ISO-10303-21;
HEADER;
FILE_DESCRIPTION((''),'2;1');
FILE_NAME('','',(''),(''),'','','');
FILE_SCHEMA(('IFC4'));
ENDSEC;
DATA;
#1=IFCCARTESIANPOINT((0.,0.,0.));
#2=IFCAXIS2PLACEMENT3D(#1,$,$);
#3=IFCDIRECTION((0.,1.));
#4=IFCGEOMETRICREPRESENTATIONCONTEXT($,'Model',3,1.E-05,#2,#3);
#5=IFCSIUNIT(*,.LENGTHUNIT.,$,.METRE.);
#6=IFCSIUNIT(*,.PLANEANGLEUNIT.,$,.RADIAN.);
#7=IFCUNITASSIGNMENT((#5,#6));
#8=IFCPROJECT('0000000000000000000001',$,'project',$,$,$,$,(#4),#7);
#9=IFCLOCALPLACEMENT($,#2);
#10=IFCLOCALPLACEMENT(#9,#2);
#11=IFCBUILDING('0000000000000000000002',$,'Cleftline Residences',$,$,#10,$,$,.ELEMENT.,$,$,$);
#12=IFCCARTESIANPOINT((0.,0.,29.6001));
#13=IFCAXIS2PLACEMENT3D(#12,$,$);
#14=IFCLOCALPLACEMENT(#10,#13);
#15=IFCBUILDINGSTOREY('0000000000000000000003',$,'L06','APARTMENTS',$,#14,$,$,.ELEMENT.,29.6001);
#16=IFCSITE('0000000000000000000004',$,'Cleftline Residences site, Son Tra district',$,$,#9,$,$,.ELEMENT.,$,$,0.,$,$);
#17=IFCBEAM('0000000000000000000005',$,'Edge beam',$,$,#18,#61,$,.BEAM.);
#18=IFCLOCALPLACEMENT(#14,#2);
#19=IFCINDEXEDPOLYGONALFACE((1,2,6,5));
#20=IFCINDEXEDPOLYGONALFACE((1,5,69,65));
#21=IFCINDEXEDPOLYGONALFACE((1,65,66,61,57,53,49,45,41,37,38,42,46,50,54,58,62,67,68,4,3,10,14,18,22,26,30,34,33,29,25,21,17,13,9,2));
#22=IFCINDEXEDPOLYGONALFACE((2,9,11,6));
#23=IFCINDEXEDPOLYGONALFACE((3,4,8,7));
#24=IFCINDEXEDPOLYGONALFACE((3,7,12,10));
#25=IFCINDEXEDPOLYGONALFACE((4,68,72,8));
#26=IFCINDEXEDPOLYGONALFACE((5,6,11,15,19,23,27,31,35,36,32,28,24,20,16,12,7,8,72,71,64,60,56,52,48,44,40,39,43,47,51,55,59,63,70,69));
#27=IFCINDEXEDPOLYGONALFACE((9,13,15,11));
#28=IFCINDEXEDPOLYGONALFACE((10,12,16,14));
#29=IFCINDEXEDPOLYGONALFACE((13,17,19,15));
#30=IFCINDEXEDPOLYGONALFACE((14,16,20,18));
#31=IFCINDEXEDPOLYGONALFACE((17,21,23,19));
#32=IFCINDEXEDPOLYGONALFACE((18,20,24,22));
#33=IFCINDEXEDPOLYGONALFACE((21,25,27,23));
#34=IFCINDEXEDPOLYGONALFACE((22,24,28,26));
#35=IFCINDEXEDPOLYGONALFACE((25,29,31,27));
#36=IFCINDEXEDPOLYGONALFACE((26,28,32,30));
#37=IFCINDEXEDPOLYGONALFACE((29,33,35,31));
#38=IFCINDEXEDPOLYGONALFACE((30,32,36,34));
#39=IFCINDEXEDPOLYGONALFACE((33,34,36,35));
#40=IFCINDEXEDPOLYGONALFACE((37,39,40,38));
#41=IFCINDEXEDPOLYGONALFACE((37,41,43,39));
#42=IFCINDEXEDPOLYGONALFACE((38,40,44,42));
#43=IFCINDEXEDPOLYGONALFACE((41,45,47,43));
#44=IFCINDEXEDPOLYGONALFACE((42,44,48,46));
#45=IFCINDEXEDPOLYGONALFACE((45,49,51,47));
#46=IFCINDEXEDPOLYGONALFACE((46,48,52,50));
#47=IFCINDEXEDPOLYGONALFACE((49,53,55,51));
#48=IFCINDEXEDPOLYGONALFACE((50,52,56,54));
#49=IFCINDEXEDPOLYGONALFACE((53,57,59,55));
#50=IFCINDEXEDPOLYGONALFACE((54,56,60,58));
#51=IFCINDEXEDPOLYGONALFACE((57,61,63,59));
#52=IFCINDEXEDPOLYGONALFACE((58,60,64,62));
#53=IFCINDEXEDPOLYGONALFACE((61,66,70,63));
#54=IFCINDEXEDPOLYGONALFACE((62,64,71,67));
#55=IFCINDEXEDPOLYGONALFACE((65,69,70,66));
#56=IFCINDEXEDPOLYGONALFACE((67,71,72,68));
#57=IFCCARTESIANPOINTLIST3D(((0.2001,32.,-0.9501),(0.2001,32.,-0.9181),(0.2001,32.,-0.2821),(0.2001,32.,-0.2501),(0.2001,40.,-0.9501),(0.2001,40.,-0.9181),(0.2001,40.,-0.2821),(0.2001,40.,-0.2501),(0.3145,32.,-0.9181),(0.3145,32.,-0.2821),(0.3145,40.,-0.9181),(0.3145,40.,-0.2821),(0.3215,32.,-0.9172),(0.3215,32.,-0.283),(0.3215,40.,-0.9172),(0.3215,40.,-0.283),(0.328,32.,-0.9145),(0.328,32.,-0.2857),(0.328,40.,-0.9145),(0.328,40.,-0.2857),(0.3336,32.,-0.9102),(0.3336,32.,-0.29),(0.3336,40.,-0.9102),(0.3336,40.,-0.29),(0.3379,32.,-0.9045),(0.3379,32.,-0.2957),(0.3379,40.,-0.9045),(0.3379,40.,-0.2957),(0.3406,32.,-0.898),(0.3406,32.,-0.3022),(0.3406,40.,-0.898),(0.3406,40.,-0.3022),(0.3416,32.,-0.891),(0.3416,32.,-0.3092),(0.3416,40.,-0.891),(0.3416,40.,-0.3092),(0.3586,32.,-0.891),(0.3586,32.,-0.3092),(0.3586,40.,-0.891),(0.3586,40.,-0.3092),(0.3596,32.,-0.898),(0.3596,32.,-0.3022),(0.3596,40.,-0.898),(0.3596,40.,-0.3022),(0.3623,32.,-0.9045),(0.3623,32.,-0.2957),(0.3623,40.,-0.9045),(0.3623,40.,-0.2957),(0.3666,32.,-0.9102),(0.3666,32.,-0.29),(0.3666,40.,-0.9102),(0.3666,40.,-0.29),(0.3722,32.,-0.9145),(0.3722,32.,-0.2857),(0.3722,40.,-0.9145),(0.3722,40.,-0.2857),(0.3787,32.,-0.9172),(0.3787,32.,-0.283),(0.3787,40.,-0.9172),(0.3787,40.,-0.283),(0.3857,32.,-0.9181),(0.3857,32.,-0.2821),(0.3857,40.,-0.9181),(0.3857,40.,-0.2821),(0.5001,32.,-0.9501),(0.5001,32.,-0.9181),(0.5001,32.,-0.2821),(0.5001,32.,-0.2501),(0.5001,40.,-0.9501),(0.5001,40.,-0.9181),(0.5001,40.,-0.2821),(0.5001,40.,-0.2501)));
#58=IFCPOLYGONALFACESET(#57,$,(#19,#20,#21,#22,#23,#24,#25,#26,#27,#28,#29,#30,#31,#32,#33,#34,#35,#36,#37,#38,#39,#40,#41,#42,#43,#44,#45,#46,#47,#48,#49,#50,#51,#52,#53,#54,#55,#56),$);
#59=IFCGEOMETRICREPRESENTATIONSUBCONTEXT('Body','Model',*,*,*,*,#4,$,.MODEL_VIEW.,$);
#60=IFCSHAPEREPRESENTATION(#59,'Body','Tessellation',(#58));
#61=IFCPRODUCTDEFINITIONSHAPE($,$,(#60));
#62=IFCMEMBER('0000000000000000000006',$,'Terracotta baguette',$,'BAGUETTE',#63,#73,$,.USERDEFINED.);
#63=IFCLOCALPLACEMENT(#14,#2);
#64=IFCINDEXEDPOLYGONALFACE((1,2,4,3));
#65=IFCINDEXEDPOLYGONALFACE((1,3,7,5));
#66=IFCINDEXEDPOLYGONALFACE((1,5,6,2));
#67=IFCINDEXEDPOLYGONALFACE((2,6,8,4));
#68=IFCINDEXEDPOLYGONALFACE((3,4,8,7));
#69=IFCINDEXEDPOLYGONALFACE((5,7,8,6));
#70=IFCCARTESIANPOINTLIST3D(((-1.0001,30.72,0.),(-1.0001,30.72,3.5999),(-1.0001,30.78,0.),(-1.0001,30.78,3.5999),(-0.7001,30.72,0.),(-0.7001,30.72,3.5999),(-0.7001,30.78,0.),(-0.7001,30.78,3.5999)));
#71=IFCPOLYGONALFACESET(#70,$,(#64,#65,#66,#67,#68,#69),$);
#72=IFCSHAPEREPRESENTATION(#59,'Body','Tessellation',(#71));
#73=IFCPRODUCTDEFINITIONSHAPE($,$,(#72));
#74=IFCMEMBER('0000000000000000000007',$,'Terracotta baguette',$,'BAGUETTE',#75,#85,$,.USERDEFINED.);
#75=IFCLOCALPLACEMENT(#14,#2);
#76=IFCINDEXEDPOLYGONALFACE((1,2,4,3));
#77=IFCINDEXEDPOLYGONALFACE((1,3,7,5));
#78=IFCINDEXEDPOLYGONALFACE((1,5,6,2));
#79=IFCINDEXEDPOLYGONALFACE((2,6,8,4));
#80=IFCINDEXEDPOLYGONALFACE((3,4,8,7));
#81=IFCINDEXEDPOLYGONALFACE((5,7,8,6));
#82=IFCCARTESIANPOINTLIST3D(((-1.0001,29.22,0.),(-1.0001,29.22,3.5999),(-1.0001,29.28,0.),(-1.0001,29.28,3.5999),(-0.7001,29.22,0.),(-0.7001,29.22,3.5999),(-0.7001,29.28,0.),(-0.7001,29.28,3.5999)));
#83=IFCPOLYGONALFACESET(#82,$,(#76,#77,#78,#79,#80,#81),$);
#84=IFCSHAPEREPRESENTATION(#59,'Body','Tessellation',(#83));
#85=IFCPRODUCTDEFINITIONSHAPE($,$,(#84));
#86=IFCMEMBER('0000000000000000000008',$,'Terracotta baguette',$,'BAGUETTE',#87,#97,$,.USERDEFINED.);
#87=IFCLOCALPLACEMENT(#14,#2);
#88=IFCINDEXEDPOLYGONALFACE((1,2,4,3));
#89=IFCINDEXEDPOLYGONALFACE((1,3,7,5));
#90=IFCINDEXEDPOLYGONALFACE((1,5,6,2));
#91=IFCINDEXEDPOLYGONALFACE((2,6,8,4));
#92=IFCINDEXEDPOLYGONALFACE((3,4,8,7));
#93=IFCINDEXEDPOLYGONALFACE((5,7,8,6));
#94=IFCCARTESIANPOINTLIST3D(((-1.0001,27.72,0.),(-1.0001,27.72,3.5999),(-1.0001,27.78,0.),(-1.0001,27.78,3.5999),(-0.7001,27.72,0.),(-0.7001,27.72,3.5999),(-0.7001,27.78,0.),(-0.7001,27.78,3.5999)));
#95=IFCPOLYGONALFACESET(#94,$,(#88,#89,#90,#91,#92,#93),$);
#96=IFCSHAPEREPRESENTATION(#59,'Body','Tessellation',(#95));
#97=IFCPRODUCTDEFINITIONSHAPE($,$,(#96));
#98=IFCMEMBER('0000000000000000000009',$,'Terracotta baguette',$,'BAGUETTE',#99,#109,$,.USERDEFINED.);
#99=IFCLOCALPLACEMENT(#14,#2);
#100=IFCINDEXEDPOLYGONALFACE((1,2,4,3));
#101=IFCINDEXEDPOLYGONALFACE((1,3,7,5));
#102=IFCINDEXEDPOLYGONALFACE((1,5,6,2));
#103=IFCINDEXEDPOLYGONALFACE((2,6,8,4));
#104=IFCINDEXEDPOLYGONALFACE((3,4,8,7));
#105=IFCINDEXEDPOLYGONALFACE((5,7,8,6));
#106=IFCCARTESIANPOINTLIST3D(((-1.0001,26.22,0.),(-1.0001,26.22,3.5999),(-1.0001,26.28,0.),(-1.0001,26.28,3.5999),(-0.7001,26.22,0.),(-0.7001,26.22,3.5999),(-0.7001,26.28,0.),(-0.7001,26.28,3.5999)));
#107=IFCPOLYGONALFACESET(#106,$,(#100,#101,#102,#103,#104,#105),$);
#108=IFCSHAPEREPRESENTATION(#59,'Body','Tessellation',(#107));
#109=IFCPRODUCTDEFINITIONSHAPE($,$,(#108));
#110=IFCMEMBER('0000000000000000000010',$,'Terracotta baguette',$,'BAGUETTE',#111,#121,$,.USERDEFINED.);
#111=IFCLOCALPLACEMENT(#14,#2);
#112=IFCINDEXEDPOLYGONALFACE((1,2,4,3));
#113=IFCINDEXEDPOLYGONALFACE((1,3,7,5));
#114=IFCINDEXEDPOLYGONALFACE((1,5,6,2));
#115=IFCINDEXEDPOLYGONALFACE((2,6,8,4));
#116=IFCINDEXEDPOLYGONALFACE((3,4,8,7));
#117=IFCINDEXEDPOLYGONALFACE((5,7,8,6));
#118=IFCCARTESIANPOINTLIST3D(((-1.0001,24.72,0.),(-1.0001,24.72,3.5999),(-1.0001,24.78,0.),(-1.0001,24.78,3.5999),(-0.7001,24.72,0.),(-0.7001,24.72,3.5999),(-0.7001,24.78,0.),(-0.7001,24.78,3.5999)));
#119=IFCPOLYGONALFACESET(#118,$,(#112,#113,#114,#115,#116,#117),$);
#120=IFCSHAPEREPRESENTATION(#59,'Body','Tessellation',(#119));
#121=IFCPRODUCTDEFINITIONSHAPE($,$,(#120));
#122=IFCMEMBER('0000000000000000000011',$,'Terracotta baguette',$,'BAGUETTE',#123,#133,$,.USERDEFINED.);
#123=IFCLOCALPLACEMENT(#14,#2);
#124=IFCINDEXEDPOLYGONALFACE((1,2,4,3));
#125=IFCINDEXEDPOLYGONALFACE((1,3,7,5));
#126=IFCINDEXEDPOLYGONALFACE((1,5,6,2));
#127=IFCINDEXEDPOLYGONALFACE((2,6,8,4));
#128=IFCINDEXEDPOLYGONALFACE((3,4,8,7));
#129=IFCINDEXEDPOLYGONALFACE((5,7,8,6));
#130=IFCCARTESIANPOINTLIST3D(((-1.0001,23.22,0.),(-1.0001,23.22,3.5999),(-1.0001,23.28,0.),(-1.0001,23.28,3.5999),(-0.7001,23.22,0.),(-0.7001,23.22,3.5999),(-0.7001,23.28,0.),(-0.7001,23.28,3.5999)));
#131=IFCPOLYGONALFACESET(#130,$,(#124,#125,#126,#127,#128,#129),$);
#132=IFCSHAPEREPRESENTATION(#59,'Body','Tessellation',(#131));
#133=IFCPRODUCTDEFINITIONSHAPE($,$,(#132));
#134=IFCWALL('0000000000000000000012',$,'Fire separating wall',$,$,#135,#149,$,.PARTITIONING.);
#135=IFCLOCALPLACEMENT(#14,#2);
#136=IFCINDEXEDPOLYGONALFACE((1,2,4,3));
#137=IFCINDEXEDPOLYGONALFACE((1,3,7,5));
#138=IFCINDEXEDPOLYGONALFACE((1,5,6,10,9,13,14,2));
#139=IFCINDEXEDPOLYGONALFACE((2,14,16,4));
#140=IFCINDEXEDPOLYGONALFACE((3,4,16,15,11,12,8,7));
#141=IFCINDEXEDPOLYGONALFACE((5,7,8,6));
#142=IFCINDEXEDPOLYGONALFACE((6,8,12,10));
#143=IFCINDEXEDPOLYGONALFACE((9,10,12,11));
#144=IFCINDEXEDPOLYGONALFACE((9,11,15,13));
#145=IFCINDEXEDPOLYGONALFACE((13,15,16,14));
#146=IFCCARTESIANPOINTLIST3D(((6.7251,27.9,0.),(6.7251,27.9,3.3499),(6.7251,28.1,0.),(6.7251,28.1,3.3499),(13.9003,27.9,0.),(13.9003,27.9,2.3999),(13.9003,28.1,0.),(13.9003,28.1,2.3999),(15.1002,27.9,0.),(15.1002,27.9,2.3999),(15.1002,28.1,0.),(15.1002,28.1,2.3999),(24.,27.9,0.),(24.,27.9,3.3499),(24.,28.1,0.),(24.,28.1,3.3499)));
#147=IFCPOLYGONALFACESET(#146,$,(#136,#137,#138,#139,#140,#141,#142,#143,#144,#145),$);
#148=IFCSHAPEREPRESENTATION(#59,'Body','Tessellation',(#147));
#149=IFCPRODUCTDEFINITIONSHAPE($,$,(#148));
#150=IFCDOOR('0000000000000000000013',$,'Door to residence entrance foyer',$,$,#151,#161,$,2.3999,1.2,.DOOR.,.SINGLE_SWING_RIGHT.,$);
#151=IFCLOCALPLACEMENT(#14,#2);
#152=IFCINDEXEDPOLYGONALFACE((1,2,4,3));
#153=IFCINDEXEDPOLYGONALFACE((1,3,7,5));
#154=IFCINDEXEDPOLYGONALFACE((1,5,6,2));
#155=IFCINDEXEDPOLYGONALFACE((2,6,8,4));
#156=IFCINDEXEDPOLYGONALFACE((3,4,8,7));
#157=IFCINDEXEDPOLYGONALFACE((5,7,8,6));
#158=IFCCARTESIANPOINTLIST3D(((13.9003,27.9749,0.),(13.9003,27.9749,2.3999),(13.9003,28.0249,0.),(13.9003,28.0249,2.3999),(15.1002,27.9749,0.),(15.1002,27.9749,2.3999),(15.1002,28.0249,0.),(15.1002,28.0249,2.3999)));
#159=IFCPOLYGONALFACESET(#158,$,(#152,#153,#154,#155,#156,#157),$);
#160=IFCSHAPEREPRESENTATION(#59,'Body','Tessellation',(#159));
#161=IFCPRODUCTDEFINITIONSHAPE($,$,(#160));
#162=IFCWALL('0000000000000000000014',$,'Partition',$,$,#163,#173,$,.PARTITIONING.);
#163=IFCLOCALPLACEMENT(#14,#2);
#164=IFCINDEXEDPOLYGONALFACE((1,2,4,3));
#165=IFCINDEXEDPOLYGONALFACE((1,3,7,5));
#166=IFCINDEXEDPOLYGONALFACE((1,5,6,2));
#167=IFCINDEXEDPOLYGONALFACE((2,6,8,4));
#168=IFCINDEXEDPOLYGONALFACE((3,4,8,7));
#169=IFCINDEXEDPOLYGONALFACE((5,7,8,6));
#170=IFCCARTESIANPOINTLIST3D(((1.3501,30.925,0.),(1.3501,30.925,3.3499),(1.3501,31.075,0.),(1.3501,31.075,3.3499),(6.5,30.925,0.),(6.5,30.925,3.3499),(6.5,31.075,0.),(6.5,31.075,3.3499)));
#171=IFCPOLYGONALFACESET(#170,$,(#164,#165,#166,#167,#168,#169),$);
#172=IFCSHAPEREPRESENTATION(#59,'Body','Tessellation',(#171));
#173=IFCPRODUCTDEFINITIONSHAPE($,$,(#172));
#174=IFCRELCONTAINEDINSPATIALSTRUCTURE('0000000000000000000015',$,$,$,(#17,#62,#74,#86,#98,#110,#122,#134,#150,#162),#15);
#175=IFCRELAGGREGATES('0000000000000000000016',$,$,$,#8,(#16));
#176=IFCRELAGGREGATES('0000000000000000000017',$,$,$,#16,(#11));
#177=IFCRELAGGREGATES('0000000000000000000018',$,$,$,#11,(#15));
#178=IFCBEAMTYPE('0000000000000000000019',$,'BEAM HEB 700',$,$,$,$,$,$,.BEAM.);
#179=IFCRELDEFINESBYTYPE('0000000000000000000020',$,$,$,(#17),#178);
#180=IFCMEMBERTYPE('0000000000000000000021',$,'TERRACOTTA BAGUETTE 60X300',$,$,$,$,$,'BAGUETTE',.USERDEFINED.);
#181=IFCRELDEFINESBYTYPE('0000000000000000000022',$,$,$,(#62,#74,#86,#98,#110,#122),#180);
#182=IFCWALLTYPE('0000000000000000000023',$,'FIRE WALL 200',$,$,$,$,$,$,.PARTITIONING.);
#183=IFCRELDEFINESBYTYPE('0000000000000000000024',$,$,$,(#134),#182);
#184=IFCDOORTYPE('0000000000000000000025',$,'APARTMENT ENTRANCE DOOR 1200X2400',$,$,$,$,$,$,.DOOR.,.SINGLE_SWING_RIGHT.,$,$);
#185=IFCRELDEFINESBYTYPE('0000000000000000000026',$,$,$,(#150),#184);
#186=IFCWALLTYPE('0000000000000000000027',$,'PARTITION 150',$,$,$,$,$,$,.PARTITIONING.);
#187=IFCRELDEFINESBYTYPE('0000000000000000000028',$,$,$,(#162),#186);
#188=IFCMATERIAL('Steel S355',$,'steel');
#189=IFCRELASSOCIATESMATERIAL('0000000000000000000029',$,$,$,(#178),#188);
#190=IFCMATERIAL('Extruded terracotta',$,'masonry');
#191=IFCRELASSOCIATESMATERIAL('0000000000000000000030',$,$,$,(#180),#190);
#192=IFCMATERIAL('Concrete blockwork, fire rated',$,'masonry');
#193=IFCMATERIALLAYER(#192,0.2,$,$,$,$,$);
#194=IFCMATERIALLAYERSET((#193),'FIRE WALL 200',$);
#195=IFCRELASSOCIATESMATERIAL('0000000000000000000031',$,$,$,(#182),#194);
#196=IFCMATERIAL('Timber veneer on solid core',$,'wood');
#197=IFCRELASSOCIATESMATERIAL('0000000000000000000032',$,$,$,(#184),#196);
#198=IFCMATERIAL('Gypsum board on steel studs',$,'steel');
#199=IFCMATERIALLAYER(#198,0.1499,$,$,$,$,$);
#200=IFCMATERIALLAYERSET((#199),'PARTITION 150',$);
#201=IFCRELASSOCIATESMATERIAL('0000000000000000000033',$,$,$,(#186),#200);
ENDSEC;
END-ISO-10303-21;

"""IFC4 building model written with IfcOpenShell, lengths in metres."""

from ifc_helpers import new_model, si_unit, direction, frame, frame_2d, origin, origin_2d, place, context, subcontext, project, spatial, rectangle, i_section, extrude, material, layer, layer_set, material_profile, profile_set, type_object, element, fill, save


model = new_model("IFC4")

# Units and contexts
model_context = context("Model", 3, precision=1e-05, world=origin(), true_north=direction((0.0, 1.0)))
body_context = subcontext(model_context, "Body", "Model", "MODEL_VIEW")
ifc_project = project(units=[si_unit("LENGTHUNIT", "METRE"), si_unit("PLANEANGLEUNIT", "RADIAN")], contexts=[model_context])

# Site, building, storey
site_placement = place(None, origin())
site = spatial("IfcSite", under=ifc_project, at=site_placement, Name="Cleftline Residences site, Son Tra district", CompositionType="ELEMENT", RefElevation=0.0)
building_placement = place(site_placement, origin())
building = spatial("IfcBuilding", under=site, at=building_placement, Name="Cleftline Residences", CompositionType="ELEMENT")
storey_placement = place(building_placement, frame((0.0, 0.0, 29.6001)))
storey = spatial("IfcBuildingStorey", under=building, at=storey_placement, Name="L06", Description="APARTMENTS", CompositionType="ELEMENT", Elevation=29.6001)

# Beam
ifc_material_1 = material(Name="Steel S355", Category="steel")
ifc_material_profile_1 = material_profile(ifc_material_1, i_section(OverallWidth=0.3, OverallDepth=0.7, WebThickness=0.0171, FlangeThickness=0.032, FilletRadius=0.0271, at=origin_2d()))
ifc_profile_set_1 = profile_set([ifc_material_profile_1], Name="Steel S355")
beam_type = type_object("IfcBeamType", Name="BEAM HEB 700", PredefinedType="BEAM", material=ifc_profile_set_1)
for number, where, z_axis, x_axis, name in (
    (1, (0.3501, 32.0, -0.6001), (0.0, 1.0, 0.0), (-1.0, 0.0, 0.0), "Edge beam"),
):
    element("IfcBeam", number, at=place(storey_placement, frame(where, z_axis=z_axis, x_axis=x_axis)), inside=storey, type_object=beam_type, Name=name, PredefinedType="BEAM", context=body_context, shape_type="SweptSolid", body=[
        extrude(i_section(OverallWidth=0.3, OverallDepth=0.7, WebThickness=0.0171, FlangeThickness=0.032, FilletRadius=0.0271, at=origin_2d()), origin(), (0.0, 0.0, 1.0), 8.0),
    ])

# Members
ifc_material_2 = material(Name="Extruded terracotta", Category="masonry")
ifc_material_profile_2 = material_profile(ifc_material_2, rectangle(XDim=0.0601, YDim=0.3, at=origin_2d()))
ifc_profile_set_2 = profile_set([ifc_material_profile_2], Name="Extruded terracotta")
member_type_1 = type_object("IfcMemberType", Name="TERRACOTTA BAGUETTE 60X300", ElementType="BAGUETTE", PredefinedType="USERDEFINED", material=ifc_profile_set_2)
for number, where, z_axis, x_axis, name in (
    (2, (-0.8501, 30.75, 0.0), (0.0, 0.0, 1.0), (0.0, 1.0, 0.0), "Terracotta baguette"),
    (3, (-0.8501, 29.25, 0.0), (0.0, 0.0, 1.0), (0.0, 1.0, 0.0), "Terracotta baguette"),
    (4, (-0.8501, 27.75, 0.0), (0.0, 0.0, 1.0), (0.0, 1.0, 0.0), "Terracotta baguette"),
    (5, (-0.8501, 26.25, 0.0), (0.0, 0.0, 1.0), (0.0, 1.0, 0.0), "Terracotta baguette"),
    (6, (-0.8501, 24.75, 0.0), (0.0, 0.0, 1.0), (0.0, 1.0, 0.0), "Terracotta baguette"),
    (7, (-0.8501, 23.25, 0.0), (0.0, 0.0, 1.0), (0.0, 1.0, 0.0), "Terracotta baguette"),
):
    element("IfcMember", number, at=place(storey_placement, frame(where, z_axis=z_axis, x_axis=x_axis)), inside=storey, type_object=member_type_1, Name=name, ObjectType="BAGUETTE", PredefinedType="USERDEFINED", context=body_context, shape_type="SweptSolid", body=[
        extrude(rectangle(XDim=0.0601, YDim=0.3, at=origin_2d()), origin(), (0.0, 0.0, 1.0), 3.5999),
    ])

# Wall, opening, door
ifc_material_3 = material(Name="Concrete blockwork, fire rated", Category="masonry")
ifc_layer_1 = layer(ifc_material_3, 0.2)
ifc_layer_set_1 = layer_set([ifc_layer_1], Name="FIRE WALL 200")
wall_type_1 = type_object("IfcWallType", Name="FIRE WALL 200", PredefinedType="PARTITIONING", material=ifc_layer_set_1)
wall_1_placement = place(storey_placement, frame((6.7251, 28.0, 0.0), z_axis=(0.0, 0.0, 1.0), x_axis=(1.0, 0.0, 0.0)))
wall_1 = element("IfcWall", 8, at=wall_1_placement, inside=storey, type_object=wall_type_1, Name="Fire separating wall", PredefinedType="PARTITIONING", context=body_context, shape_type="SweptSolid", body=[
    extrude(rectangle(XDim=17.2749, YDim=0.2, at=frame_2d((8.6375, 0.0))), origin(), (0.0, 0.0, 1.0), 3.3499),
])
opening_1_placement = place(wall_1_placement, frame((7.175, 0.0, 0.0)))
opening_1 = element("IfcOpeningElement", 9, at=opening_1_placement, cuts=wall_1, PredefinedType="OPENING", context=body_context, shape_type="SweptSolid", body=[
    extrude(rectangle(XDim=1.2, YDim=2.3999, at=frame_2d((0.6001, 1.2))), frame((0.0, 0.1099, 0.0), z_axis=(0.0, -1.0, 0.0), x_axis=(1.0, 0.0, 0.0)), (0.0, 0.0, 1.0), 0.22),
])
ifc_material_4 = material(Name="Timber veneer on solid core", Category="wood")
door_type_1 = type_object("IfcDoorType", Name="APARTMENT ENTRANCE DOOR 1200X2400", OperationType="SINGLE_SWING_RIGHT", PredefinedType="DOOR", material=ifc_material_4)
door_1_placement = place(opening_1_placement, origin())
door_1 = element("IfcDoor", 10, at=door_1_placement, inside=storey, type_object=door_type_1, Name="Door to residence entrance foyer", OperationType="SINGLE_SWING_RIGHT", OverallHeight=2.3999, OverallWidth=1.2, PredefinedType="DOOR", context=body_context, shape_type="SweptSolid", body=[
    extrude(rectangle(XDim=1.2, YDim=2.3999, at=frame_2d((0.6001, 1.2))), frame((0.0, 0.0249, 0.0), z_axis=(0.0, -1.0, 0.0), x_axis=(1.0, 0.0, 0.0)), (0.0, 0.0, 1.0), 0.05),
])
fill(opening_1, door_1)

# Wall
ifc_material_5 = material(Name="Gypsum board on steel studs", Category="steel")
ifc_layer_2 = layer(ifc_material_5, 0.1499)
ifc_layer_set_2 = layer_set([ifc_layer_2], Name="PARTITION 150")
wall_type_2 = type_object("IfcWallType", Name="PARTITION 150", PredefinedType="PARTITIONING", material=ifc_layer_set_2)
wall_2_placement = place(storey_placement, frame((1.3501, 31.0, 0.0), z_axis=(0.0, 0.0, 1.0), x_axis=(1.0, 0.0, 0.0)))
element("IfcWall", 11, at=wall_2_placement, inside=storey, type_object=wall_type_2, Name="Partition", PredefinedType="PARTITIONING", context=body_context, shape_type="SweptSolid", body=[
    extrude(rectangle(XDim=5.1499, YDim=0.1499, at=frame_2d((2.575, 0.0))), origin(), (0.0, 0.0, 1.0), 3.3499),
])

save(model, "model.ifc")
